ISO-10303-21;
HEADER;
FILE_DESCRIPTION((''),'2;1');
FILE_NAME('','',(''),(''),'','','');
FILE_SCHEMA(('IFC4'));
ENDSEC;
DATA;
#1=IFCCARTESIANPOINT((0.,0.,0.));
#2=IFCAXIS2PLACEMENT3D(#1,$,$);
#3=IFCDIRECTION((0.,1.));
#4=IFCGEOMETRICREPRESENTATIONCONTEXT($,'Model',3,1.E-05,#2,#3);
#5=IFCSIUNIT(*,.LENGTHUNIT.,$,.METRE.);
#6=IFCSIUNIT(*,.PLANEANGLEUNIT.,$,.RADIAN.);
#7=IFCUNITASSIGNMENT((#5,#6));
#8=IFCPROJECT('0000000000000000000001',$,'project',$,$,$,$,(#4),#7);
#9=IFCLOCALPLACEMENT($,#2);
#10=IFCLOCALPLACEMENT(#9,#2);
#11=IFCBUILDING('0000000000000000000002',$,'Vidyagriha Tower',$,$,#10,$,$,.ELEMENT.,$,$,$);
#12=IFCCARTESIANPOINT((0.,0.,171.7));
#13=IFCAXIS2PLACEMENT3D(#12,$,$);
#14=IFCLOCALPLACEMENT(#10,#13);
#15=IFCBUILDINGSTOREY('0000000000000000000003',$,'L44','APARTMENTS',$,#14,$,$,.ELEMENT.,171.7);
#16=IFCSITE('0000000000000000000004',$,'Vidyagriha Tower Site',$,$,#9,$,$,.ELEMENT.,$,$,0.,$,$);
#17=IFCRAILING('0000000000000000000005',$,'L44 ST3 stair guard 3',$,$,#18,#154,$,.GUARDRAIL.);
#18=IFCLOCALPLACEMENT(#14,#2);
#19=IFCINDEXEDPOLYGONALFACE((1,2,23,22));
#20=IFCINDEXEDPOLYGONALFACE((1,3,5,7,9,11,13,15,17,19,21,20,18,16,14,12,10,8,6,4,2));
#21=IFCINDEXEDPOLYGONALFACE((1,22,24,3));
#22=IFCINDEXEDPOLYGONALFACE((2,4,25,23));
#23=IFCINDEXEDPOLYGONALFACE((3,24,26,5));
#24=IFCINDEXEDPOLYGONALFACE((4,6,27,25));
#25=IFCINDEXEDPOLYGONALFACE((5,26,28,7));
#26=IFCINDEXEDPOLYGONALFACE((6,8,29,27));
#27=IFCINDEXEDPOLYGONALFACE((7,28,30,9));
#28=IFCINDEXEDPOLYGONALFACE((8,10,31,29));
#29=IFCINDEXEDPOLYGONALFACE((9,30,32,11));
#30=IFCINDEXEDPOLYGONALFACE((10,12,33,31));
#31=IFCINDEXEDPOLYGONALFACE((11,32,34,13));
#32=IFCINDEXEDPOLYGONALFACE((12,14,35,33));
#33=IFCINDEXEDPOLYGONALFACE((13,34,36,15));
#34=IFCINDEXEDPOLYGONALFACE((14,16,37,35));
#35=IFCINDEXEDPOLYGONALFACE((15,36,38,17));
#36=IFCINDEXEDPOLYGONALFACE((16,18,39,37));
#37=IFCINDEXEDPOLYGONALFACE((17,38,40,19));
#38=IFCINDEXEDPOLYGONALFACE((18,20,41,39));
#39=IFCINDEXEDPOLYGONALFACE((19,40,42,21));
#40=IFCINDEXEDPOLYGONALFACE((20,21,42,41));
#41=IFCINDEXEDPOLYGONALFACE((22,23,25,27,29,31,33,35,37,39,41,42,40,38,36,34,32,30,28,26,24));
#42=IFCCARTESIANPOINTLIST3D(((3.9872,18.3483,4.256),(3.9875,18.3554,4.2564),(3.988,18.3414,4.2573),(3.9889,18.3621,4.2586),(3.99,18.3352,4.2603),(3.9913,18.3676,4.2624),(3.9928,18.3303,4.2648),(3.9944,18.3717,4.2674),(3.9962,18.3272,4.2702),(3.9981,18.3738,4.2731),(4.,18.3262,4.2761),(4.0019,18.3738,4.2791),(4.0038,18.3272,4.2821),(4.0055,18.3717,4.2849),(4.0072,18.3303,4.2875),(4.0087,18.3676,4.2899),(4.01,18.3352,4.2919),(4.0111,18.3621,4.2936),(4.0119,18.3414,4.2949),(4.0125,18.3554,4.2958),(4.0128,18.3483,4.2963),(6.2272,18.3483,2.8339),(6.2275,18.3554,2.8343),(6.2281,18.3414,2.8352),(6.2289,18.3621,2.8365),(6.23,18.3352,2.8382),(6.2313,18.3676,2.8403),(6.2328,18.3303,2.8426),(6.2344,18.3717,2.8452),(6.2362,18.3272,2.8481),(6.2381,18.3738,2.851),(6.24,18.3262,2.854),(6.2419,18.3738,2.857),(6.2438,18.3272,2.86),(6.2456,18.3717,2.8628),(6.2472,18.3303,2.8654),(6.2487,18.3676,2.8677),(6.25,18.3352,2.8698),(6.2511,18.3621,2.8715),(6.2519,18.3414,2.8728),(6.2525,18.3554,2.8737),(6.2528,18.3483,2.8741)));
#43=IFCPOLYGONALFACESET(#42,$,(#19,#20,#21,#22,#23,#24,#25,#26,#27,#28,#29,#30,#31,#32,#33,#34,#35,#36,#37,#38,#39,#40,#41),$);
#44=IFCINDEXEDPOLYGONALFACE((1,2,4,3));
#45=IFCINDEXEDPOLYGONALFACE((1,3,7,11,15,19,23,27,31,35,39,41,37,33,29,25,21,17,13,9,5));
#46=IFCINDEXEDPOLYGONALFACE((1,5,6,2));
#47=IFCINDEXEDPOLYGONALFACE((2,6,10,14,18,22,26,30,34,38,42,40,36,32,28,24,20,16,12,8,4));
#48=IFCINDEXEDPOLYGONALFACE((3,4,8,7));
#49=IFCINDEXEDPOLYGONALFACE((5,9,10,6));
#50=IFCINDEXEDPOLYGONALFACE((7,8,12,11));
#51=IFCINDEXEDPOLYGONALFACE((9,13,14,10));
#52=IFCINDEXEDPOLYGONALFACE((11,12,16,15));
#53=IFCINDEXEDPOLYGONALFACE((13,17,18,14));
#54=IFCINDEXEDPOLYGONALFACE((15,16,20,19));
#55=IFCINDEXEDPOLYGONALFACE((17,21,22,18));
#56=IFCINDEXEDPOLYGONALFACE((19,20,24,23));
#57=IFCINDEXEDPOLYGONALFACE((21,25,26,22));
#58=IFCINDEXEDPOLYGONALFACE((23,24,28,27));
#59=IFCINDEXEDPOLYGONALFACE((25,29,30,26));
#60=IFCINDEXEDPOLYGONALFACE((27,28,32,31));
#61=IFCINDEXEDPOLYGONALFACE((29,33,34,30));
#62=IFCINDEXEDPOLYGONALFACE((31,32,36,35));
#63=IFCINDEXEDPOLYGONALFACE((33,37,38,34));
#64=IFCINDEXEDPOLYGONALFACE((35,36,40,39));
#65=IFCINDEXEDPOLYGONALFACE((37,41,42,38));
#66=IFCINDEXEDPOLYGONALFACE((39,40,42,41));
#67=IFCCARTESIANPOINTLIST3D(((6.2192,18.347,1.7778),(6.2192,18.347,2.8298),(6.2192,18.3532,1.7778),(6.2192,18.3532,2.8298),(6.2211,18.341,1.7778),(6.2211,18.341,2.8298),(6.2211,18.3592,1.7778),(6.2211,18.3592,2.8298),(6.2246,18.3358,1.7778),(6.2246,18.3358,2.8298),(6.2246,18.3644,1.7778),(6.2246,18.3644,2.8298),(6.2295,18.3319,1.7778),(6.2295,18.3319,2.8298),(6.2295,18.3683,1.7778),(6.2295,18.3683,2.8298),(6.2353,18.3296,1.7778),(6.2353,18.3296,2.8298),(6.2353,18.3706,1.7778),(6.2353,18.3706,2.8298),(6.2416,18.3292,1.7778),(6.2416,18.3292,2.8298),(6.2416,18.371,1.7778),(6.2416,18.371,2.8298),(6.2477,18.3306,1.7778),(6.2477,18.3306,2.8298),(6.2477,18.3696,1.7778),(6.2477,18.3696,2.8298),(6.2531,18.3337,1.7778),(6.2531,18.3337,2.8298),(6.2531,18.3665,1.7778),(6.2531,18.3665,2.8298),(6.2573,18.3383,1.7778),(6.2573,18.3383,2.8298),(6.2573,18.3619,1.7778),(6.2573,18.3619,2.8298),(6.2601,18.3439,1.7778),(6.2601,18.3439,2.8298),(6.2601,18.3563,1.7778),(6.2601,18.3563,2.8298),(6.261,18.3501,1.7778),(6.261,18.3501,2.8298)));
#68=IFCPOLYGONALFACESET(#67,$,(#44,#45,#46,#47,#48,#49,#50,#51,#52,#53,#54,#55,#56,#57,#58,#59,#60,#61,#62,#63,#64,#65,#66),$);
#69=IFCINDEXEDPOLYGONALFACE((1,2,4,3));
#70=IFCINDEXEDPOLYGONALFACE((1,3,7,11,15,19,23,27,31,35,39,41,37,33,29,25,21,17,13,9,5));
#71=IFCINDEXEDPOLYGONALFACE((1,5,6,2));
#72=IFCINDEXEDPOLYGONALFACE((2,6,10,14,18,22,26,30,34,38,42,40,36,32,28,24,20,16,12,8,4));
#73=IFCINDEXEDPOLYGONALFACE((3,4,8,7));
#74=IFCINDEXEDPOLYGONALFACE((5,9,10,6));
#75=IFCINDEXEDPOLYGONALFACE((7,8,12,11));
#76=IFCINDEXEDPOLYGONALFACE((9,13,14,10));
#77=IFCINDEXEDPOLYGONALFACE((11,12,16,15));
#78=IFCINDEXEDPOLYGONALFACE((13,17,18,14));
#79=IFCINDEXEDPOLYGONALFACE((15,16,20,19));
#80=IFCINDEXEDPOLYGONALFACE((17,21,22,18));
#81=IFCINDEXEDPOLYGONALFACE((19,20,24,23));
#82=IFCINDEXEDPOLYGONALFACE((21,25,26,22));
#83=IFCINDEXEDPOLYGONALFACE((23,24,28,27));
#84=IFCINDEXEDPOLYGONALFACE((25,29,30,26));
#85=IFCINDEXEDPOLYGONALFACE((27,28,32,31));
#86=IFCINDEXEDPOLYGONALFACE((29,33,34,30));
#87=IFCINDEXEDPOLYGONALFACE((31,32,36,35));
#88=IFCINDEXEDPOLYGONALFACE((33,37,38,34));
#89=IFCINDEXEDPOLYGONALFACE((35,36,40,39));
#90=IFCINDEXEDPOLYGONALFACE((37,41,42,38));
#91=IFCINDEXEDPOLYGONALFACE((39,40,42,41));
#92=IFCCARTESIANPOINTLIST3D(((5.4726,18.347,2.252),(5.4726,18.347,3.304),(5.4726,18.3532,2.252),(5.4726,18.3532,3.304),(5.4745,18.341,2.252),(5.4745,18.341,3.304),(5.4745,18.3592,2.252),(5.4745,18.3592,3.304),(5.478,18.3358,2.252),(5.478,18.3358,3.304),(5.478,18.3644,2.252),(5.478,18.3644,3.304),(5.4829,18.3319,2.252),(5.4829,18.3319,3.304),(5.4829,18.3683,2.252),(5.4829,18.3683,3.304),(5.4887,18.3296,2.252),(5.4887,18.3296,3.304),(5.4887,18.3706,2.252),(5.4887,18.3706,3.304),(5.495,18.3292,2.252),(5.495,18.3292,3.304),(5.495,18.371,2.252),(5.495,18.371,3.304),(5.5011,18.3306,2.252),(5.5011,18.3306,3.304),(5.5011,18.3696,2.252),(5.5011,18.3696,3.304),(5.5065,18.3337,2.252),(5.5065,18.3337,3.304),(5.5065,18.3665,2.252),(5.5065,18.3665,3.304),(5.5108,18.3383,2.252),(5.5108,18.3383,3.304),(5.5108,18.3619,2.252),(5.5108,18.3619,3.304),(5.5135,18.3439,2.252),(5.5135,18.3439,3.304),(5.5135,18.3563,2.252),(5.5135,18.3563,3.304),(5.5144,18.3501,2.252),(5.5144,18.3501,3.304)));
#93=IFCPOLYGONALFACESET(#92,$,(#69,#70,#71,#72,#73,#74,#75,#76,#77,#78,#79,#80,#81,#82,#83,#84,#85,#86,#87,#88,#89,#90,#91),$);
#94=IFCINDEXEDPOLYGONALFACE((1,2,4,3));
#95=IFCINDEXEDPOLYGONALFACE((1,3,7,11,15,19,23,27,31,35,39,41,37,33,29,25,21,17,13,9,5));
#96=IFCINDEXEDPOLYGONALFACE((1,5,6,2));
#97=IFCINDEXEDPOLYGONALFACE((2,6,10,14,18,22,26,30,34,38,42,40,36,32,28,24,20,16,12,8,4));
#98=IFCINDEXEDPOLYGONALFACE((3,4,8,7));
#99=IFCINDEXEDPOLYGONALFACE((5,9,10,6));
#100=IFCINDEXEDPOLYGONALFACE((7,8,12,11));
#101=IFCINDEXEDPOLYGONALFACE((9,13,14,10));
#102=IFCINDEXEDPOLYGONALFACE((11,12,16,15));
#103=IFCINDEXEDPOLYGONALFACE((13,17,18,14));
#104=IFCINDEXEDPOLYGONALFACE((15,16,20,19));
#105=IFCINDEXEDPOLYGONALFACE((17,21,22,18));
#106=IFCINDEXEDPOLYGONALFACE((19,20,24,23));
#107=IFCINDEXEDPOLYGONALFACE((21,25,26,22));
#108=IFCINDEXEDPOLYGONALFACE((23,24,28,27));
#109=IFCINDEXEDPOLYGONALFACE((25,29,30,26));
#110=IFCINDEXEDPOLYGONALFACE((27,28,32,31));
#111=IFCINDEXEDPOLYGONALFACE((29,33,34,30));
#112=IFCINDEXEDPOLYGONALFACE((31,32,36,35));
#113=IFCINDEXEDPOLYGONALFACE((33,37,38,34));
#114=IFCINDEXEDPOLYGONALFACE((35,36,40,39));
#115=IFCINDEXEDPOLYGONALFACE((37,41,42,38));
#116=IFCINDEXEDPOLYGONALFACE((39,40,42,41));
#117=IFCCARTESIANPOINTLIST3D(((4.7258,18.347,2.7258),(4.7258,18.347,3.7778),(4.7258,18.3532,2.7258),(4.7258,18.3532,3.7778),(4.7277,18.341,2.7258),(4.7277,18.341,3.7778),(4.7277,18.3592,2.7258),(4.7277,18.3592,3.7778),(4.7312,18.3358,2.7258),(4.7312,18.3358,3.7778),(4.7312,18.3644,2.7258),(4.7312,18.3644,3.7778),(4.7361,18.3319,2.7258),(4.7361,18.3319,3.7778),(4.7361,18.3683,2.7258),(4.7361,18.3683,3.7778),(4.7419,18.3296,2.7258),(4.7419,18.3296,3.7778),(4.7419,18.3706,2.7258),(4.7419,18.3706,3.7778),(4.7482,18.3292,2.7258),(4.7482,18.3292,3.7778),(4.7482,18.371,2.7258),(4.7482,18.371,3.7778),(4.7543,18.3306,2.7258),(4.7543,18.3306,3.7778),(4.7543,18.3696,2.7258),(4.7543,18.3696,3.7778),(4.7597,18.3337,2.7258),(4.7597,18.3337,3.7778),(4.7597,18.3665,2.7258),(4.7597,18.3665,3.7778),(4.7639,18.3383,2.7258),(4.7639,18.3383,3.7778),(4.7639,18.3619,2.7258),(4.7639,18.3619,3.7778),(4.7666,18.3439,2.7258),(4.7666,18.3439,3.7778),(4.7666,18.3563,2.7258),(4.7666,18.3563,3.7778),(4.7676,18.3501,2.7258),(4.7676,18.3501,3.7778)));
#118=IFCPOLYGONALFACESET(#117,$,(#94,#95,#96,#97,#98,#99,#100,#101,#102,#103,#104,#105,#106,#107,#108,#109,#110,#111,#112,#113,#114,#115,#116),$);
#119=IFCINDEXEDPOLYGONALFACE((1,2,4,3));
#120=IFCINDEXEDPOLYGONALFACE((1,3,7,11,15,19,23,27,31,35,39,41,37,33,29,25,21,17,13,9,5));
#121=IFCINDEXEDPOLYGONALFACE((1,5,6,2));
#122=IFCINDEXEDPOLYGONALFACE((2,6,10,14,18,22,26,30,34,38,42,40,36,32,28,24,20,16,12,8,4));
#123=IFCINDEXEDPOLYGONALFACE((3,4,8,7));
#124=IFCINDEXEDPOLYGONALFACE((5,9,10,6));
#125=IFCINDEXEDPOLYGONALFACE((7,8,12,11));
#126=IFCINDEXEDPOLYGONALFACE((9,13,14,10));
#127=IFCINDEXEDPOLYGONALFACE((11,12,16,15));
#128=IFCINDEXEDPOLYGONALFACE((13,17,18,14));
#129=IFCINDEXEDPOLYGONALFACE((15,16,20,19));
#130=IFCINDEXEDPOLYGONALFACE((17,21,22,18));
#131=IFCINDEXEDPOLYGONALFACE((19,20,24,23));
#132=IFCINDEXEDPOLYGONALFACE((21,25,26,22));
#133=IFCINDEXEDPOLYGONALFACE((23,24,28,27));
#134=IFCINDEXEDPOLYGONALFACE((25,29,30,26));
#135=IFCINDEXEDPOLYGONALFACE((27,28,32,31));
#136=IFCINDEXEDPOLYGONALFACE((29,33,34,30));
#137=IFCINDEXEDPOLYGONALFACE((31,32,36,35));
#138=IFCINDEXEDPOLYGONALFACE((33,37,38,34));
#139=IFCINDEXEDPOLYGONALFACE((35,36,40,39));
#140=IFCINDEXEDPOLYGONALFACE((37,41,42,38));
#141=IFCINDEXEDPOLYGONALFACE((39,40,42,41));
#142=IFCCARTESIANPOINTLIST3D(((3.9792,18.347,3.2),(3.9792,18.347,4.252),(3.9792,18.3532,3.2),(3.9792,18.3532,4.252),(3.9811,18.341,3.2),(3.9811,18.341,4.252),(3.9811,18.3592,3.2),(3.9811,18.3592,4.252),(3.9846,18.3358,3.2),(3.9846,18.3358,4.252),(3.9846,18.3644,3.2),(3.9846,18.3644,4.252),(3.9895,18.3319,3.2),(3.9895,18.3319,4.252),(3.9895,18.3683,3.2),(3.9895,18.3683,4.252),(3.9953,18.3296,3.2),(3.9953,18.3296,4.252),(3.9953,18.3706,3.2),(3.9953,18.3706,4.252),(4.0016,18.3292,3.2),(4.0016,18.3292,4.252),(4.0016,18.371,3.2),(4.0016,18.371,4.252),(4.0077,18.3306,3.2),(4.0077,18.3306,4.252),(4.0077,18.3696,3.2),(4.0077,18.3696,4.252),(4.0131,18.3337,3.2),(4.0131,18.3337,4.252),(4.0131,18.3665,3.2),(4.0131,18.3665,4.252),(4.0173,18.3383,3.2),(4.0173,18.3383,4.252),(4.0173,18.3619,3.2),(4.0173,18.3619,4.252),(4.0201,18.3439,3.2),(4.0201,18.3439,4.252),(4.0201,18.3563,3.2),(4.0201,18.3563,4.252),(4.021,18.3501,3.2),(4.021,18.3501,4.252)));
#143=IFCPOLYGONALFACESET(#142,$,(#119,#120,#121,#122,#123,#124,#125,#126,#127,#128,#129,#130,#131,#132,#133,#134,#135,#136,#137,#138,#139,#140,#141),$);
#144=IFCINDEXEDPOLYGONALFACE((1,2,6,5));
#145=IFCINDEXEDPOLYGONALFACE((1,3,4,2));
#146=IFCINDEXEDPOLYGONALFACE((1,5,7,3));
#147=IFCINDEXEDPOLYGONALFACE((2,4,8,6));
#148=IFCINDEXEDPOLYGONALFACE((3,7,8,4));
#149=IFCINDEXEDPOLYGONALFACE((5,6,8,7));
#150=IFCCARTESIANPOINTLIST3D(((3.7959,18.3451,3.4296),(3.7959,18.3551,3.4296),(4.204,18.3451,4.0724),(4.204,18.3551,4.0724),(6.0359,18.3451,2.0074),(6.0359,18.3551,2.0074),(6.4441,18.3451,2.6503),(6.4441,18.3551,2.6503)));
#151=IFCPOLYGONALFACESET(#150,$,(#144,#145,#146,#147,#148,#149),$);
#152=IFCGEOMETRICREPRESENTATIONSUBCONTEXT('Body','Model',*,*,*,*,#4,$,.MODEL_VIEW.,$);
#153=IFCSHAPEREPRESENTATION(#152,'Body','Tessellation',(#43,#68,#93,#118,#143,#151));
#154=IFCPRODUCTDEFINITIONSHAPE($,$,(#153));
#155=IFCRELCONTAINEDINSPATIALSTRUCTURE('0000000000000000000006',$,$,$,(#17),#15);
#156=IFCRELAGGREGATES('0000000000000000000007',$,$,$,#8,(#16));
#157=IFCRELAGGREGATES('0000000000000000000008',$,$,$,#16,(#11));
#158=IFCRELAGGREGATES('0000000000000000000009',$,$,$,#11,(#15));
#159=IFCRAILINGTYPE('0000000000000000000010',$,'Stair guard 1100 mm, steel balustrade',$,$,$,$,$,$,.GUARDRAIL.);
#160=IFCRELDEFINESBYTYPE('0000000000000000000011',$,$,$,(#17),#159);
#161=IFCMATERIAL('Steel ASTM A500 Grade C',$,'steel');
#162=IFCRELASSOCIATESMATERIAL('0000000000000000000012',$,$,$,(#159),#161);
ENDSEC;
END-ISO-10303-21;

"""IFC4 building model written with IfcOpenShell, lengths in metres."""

from ifc_helpers import new_model, si_unit, direction, frame, origin, origin_2d, place, context, subcontext, project, spatial, rectangle, circle, extrude, material, type_object, element, save


model = new_model("IFC4")

# Units and contexts
model_context = context("Model", 3, precision=1e-05, world=origin(), true_north=direction((0.0, 1.0)))
body_context = subcontext(model_context, "Body", "Model", "MODEL_VIEW")
ifc_project = project(units=[si_unit("LENGTHUNIT", "METRE"), si_unit("PLANEANGLEUNIT", "RADIAN")], contexts=[model_context])

# Site, building, storey
site_placement = place(None, origin())
site = spatial("IfcSite", under=ifc_project, at=site_placement, Name="Vidyagriha Tower Site", CompositionType="ELEMENT", RefElevation=0.0)
building_placement = place(site_placement, origin())
building = spatial("IfcBuilding", under=site, at=building_placement, Name="Vidyagriha Tower", CompositionType="ELEMENT")
storey_placement = place(building_placement, frame((0.0, 0.0, 171.7)))
storey = spatial("IfcBuildingStorey", under=building, at=storey_placement, Name="L44", Description="APARTMENTS", CompositionType="ELEMENT", Elevation=171.7)

# Railing
ifc_material_1 = material(Name="Steel ASTM A500 Grade C", Category="steel")
railing_type_1 = type_object("IfcRailingType", Name="Stair guard 1100 mm, steel balustrade", PredefinedType="GUARDRAIL", material=ifc_material_1)
railing_1_placement = place(storey_placement, frame((6.24, 18.3501, 1.7778)))
element("IfcRailing", 1, at=railing_1_placement, inside=storey, type_object=railing_type_1, Name="L44 ST3 stair guard 3", PredefinedType="GUARDRAIL", context=body_context, shape_type="SweptSolid", body=[
    extrude(circle(Radius=0.0239, at=origin_2d()), frame((0.0, 0.0, 1.0762), z_axis=(-0.844229, 0.0, 0.535982), x_axis=(0.0, -1.0, 0.0)), (0.0, 0.0, 1.0), 2.6533),
    extrude(circle(Radius=0.021, at=origin_2d()), origin(), (0.0, 0.0, 1.0), 1.052),
    extrude(circle(Radius=0.021, at=origin_2d()), frame((-0.7466, 0.0, 0.4741)), (0.0, 0.0, 1.0), 1.052),
    extrude(circle(Radius=0.021, at=origin_2d()), frame((-1.4934, 0.0, 0.948)), (0.0, 0.0, 1.0), 1.052),
    extrude(circle(Radius=0.021, at=origin_2d()), frame((-2.24, 0.0, 1.4221)), (0.0, 0.0, 1.0), 1.052),
    extrude(rectangle(XDim=0.01, YDim=0.7615, at=origin_2d()), frame((0.0, 0.0, 0.551), z_axis=(-0.844229, 0.0, 0.535982), x_axis=(0.0, -1.0, 0.0)), (0.0, 0.0, 1.0), 2.6533),
])

save(model, "model.ifc")
